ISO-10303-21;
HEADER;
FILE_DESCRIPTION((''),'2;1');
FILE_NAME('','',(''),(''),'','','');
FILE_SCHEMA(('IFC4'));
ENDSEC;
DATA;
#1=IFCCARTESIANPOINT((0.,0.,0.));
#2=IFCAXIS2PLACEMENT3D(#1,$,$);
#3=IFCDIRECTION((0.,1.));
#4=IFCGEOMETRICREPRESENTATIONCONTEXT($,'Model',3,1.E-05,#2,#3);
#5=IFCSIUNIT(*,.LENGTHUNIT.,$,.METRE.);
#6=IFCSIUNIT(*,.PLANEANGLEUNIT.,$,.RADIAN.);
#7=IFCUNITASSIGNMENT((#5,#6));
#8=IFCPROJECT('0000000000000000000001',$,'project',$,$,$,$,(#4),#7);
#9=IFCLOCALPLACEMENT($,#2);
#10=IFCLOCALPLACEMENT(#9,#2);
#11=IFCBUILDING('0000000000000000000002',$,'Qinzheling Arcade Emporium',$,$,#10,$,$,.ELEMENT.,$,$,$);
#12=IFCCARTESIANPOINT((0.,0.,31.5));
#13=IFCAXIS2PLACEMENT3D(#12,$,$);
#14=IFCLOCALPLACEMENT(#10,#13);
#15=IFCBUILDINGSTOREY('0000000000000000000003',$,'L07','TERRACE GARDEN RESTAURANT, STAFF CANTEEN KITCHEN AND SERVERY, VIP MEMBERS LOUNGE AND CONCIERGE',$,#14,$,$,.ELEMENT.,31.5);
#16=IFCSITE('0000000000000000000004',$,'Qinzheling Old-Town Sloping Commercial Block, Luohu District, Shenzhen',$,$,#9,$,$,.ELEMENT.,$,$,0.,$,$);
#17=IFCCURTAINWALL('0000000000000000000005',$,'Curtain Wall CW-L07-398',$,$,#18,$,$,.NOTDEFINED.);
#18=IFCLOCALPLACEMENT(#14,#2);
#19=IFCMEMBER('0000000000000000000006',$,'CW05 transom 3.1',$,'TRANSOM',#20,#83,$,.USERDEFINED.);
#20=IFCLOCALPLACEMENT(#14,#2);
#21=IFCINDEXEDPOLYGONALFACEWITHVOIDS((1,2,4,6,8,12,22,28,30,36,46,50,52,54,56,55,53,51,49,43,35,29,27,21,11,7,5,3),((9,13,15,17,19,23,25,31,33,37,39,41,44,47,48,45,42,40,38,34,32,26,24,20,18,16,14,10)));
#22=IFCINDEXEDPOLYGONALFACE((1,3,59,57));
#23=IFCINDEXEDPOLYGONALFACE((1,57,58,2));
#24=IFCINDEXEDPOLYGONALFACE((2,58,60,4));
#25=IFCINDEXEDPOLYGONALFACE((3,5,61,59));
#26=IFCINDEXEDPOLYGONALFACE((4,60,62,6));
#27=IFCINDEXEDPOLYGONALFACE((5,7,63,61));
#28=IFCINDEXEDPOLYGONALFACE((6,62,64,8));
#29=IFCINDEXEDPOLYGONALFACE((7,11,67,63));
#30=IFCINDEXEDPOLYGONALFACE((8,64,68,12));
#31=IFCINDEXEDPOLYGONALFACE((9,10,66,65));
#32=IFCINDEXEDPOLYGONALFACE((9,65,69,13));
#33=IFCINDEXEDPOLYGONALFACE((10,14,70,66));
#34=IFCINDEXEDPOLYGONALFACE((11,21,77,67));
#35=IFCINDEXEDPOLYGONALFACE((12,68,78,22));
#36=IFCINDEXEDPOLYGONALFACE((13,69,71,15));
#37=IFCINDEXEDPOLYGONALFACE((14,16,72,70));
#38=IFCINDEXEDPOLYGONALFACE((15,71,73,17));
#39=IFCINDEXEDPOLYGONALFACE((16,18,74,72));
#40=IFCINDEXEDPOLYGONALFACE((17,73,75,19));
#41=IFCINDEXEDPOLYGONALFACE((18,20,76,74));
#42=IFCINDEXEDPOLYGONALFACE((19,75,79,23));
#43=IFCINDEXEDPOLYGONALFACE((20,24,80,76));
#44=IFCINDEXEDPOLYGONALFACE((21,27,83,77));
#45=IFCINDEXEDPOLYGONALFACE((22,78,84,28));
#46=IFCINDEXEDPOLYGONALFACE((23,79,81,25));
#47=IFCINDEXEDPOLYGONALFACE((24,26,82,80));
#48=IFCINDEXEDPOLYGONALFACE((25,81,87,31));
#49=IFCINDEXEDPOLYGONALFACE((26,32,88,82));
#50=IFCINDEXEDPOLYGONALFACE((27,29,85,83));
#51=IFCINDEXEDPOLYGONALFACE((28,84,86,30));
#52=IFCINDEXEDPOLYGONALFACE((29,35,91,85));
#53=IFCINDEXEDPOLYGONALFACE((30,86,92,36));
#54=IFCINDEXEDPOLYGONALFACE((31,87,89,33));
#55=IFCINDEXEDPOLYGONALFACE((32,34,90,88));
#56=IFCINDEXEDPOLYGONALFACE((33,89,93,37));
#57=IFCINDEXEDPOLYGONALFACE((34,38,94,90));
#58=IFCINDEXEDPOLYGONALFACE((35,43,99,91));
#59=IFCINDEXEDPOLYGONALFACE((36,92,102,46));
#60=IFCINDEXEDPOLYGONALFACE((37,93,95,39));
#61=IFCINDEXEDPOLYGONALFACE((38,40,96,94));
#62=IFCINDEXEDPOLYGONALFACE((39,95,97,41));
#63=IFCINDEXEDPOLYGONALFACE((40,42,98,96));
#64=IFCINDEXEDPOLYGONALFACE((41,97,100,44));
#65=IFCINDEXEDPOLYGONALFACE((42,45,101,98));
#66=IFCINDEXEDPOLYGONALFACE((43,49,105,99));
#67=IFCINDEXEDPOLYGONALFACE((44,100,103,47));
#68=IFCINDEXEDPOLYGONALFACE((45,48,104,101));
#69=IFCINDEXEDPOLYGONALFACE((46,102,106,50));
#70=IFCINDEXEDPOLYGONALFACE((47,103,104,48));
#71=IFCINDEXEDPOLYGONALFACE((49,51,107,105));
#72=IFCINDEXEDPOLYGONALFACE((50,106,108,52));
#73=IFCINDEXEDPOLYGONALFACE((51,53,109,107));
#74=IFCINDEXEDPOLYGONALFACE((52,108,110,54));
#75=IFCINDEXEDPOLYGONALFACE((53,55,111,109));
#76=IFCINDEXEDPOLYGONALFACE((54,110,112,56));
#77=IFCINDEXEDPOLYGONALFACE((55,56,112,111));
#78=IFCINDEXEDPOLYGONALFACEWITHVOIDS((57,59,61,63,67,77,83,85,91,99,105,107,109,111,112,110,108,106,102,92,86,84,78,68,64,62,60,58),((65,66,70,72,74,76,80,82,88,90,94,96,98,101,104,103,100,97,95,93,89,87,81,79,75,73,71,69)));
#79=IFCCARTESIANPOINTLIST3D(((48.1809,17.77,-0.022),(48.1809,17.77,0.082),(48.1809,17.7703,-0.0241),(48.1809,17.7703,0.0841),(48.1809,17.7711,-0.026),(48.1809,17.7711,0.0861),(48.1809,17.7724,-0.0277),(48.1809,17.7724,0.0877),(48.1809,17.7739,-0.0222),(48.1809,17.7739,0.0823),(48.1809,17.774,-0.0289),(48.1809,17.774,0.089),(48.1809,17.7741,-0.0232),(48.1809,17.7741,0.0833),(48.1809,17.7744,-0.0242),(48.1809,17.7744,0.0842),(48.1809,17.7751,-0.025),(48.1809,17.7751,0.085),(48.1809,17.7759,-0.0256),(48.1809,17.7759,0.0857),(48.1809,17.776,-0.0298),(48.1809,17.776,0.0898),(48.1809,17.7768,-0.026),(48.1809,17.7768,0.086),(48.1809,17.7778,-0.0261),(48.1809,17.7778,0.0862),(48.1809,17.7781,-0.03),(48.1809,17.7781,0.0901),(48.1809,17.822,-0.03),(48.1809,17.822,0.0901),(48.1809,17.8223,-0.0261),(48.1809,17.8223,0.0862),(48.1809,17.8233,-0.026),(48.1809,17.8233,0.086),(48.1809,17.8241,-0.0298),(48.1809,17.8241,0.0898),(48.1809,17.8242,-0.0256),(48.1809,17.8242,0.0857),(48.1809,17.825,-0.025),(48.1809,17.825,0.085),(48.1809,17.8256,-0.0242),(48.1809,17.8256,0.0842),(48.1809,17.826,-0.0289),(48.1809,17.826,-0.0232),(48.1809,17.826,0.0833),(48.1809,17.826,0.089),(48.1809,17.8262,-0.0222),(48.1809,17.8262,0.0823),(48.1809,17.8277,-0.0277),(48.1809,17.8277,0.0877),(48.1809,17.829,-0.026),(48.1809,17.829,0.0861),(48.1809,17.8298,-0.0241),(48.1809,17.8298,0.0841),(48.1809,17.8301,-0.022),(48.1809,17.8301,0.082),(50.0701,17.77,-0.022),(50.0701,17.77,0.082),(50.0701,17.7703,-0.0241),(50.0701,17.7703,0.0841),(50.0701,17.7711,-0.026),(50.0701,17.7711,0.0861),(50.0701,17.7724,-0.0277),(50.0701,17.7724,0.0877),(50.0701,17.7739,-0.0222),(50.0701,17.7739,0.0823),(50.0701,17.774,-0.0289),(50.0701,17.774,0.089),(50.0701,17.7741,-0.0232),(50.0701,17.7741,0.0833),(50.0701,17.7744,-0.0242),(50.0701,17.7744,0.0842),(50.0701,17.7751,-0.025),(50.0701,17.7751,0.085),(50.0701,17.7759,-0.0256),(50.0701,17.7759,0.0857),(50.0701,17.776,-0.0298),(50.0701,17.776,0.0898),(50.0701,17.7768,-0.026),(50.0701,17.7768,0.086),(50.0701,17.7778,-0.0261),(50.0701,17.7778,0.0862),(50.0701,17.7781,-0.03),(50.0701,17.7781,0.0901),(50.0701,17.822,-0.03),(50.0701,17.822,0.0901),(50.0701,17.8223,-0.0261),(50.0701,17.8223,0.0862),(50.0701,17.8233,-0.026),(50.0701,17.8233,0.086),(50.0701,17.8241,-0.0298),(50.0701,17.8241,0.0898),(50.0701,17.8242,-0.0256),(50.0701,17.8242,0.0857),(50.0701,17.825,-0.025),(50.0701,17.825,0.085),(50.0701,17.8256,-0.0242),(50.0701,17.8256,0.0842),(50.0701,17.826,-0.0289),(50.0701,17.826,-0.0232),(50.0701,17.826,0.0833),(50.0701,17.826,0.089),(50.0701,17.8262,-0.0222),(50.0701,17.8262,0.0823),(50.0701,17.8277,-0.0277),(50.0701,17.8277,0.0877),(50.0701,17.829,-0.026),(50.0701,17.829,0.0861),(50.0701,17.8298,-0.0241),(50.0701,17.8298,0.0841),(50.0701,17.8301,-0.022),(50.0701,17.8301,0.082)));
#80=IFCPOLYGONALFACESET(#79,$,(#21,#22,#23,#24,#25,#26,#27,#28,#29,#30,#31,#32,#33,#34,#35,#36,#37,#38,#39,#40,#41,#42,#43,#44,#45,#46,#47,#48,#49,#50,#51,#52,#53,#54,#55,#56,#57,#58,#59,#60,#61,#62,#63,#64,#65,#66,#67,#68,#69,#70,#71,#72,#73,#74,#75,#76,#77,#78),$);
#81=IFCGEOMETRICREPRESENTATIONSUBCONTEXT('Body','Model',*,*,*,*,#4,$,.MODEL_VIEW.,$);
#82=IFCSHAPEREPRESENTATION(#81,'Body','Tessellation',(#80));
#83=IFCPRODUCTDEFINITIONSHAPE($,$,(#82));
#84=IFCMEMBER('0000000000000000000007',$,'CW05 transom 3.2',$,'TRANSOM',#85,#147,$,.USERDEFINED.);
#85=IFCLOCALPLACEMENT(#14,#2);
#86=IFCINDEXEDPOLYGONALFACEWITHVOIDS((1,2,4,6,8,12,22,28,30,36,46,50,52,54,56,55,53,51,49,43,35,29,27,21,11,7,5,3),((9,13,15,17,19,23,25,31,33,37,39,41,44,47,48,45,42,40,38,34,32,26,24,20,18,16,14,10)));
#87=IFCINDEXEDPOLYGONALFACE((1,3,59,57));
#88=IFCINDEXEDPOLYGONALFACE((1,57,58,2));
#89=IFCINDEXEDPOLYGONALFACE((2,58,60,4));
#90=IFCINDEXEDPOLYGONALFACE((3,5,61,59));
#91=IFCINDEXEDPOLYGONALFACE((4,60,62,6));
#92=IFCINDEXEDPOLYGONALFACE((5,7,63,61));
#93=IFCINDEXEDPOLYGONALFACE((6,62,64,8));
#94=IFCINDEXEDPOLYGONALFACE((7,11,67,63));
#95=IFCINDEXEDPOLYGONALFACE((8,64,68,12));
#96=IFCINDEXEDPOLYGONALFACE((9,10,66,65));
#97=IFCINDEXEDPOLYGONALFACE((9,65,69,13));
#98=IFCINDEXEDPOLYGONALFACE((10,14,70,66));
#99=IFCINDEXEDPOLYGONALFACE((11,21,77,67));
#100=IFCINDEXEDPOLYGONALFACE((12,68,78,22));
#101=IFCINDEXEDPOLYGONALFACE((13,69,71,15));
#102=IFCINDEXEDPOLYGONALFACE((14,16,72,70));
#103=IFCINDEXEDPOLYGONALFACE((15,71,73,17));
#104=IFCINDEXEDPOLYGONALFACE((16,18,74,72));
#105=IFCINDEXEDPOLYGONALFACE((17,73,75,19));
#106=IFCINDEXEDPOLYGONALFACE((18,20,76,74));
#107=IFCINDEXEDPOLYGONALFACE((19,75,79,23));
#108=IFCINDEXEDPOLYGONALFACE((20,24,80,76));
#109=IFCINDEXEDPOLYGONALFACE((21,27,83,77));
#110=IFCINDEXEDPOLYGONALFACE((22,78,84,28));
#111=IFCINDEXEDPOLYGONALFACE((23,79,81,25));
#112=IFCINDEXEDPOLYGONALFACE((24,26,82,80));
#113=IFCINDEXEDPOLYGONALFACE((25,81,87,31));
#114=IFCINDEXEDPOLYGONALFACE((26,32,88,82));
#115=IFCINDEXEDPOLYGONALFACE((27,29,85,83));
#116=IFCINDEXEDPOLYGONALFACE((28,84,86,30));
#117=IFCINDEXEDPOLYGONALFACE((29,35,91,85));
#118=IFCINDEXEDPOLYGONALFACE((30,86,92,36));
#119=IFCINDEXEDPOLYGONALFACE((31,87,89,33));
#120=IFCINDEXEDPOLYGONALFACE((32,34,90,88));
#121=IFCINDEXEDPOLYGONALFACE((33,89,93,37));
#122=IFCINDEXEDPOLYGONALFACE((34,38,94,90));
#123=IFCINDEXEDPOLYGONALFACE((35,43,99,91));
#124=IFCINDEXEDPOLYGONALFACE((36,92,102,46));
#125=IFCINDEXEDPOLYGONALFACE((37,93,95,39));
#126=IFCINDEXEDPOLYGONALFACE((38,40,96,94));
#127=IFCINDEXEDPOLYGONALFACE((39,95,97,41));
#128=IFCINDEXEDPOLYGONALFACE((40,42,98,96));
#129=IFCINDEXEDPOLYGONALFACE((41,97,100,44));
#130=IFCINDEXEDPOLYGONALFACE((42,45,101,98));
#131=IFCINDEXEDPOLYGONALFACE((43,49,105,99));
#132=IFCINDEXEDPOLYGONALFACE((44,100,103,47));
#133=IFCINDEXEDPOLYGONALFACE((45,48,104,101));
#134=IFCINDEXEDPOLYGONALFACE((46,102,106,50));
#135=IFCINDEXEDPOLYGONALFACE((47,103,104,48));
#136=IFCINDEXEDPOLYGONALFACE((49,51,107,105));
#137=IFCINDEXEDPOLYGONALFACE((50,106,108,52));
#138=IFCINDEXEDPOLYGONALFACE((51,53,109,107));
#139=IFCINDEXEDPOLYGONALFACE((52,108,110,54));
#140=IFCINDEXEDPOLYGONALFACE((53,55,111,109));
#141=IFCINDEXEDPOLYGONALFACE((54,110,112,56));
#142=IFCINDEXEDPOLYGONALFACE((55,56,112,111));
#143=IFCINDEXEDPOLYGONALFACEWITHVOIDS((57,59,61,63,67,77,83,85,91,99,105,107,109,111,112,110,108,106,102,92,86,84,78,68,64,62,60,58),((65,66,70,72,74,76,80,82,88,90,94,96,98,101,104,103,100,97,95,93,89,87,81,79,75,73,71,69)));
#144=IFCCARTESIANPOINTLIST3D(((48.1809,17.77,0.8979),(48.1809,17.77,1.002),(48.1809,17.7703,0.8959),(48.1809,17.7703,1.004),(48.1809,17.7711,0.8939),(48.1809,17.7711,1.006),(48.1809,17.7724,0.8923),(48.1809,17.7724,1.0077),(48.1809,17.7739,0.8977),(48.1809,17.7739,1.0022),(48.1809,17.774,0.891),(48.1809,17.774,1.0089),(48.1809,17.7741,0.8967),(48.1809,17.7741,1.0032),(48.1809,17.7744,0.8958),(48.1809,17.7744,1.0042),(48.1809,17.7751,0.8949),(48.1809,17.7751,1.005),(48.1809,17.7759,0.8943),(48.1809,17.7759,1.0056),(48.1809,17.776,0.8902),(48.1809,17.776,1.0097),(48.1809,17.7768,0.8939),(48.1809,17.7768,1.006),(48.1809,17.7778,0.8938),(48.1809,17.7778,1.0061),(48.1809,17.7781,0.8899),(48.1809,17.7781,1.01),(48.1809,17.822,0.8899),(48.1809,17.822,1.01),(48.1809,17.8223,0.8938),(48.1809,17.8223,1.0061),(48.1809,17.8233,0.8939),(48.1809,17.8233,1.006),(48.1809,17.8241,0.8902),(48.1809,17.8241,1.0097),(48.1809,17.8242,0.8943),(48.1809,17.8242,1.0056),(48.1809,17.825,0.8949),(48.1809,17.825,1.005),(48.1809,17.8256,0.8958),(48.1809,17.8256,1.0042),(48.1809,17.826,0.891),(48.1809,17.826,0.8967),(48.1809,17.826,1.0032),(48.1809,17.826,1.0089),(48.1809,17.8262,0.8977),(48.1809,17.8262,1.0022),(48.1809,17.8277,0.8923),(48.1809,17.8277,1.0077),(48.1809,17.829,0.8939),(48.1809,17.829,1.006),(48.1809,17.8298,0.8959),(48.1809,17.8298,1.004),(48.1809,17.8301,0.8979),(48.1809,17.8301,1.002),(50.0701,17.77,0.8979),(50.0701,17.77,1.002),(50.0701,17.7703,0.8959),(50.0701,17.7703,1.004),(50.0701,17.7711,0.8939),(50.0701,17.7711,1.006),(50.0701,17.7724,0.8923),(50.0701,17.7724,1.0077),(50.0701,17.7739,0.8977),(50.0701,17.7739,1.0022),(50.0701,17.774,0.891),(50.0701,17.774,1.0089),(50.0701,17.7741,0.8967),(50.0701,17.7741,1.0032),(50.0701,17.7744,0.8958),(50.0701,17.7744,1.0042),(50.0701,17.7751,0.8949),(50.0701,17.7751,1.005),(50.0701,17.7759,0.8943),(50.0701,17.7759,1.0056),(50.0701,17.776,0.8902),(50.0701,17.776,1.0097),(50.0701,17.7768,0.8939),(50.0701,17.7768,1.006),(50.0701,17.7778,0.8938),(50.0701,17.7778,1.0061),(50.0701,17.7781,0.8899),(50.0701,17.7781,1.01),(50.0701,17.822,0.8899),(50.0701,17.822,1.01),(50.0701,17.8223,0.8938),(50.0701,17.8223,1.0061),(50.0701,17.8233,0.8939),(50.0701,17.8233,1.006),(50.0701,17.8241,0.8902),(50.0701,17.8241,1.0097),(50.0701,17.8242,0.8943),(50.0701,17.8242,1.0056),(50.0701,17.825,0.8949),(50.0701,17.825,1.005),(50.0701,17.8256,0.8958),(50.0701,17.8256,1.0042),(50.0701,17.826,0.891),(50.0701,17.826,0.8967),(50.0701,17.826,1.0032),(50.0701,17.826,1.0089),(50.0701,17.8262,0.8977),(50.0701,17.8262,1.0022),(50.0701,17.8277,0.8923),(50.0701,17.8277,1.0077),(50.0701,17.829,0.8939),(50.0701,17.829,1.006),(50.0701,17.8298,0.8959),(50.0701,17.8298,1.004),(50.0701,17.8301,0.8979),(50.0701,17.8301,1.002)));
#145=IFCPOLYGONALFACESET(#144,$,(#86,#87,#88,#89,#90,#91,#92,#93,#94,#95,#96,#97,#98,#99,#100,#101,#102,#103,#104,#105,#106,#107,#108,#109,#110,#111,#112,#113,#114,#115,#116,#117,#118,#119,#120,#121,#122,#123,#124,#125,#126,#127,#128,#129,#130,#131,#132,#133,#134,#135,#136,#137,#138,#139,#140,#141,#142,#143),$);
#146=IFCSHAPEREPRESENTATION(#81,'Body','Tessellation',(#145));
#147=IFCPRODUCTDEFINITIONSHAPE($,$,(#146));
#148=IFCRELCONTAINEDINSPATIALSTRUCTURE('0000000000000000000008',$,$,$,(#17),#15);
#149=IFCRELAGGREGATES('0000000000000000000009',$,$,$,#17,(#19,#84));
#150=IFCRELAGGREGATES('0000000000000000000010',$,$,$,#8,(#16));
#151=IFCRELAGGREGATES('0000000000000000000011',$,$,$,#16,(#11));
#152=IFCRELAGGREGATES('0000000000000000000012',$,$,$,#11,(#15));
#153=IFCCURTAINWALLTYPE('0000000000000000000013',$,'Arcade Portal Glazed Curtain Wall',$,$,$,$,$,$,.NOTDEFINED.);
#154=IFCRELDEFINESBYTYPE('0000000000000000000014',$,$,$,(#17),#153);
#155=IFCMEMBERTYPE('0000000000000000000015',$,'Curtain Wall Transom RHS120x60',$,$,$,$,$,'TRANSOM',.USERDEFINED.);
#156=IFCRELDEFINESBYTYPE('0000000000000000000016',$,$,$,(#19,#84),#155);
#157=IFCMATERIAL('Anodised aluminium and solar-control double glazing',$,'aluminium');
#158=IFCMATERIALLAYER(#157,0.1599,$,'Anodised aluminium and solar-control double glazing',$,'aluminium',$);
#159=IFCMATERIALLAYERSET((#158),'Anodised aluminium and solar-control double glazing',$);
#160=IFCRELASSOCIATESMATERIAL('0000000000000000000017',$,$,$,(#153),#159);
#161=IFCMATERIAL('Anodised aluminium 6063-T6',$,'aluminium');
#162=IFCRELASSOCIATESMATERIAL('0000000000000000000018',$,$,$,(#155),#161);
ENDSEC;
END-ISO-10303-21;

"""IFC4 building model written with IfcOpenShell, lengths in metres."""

from ifc_helpers import new_model, si_unit, direction, frame, origin, origin_2d, place, context, subcontext, project, spatial, hollow_rectangle, extrude, material, layer, layer_set, material_profile, profile_set, type_object, element, aggregate, save


model = new_model("IFC4")

# Units and contexts
model_context = context("Model", 3, precision=1e-05, world=origin(), true_north=direction((0.0, 1.0)))
body_context = subcontext(model_context, "Body", "Model", "MODEL_VIEW")
ifc_project = project(units=[si_unit("LENGTHUNIT", "METRE"), si_unit("PLANEANGLEUNIT", "RADIAN")], contexts=[model_context])

# Site, building, storey
site_placement = place(None, origin())
site = spatial("IfcSite", under=ifc_project, at=site_placement, Name="Qinzheling Old-Town Sloping Commercial Block, Luohu District, Shenzhen", CompositionType="ELEMENT", RefElevation=0.0)
building_placement = place(site_placement, origin())
building = spatial("IfcBuilding", under=site, at=building_placement, Name="Qinzheling Arcade Emporium", CompositionType="ELEMENT")
storey_placement = place(building_placement, frame((0.0, 0.0, 31.5)))
storey = spatial("IfcBuildingStorey", under=building, at=storey_placement, Name="L07", Description="TERRACE GARDEN RESTAURANT, STAFF CANTEEN KITCHEN AND SERVERY, VIP MEMBERS LOUNGE AND CONCIERGE", CompositionType="ELEMENT", Elevation=31.5)

# Curtain wall
ifc_material_1 = material(Name="Anodised aluminium and solar-control double glazing", Category="aluminium")
ifc_layer_1 = layer(ifc_material_1, 0.1599, Name="Anodised aluminium and solar-control double glazing", Category="aluminium")
ifc_layer_set_1 = layer_set([ifc_layer_1], Name="Anodised aluminium and solar-control double glazing")
curtain_wall_type = type_object("IfcCurtainWallType", Name="Arcade Portal Glazed Curtain Wall", PredefinedType="NOTDEFINED", material=ifc_layer_set_1)
curtain_wall_1_placement = place(storey_placement, origin())
curtain_wall_1 = element("IfcCurtainWall", 1, at=curtain_wall_1_placement, inside=storey, type_object=curtain_wall_type, Name="Curtain Wall CW-L07-398", PredefinedType="NOTDEFINED")
ifc_material_2 = material(Name="Anodised aluminium 6063-T6", Category="aluminium")

# Members
ifc_material_profile_1 = material_profile(ifc_material_2, hollow_rectangle(XDim=0.0601, YDim=0.1201, WallThickness=0.0039, InnerFilletRadius=0.0039, OuterFilletRadius=0.0081, at=origin_2d()), Name="RHS 120x60x4", Category="aluminium")
ifc_profile_set_1 = profile_set([ifc_material_profile_1], Name="Anodised aluminium 6063-T6")
member_type_1 = type_object("IfcMemberType", Name="Curtain Wall Transom RHS120x60", ElementType="TRANSOM", PredefinedType="USERDEFINED", material=ifc_profile_set_1)
member_1_placement = place(storey_placement, frame((50.0701, 17.8, 0.03), z_axis=(-1.0, 0.0, 0.0), x_axis=(0.0, -1.0, 0.0)))
member_1 = element("IfcMember", 2, at=member_1_placement, type_object=member_type_1, Name="CW05 transom 3.1", ObjectType="TRANSOM", PredefinedType="USERDEFINED", context=body_context, shape_type="SweptSolid", body=[
    extrude(hollow_rectangle(XDim=0.0601, YDim=0.1201, WallThickness=0.0039, InnerFilletRadius=0.0039, OuterFilletRadius=0.0081, at=origin_2d()), origin(), (0.0, 0.0, 1.0), 1.8892),
])
member_2_placement = place(storey_placement, frame((50.0701, 17.8, 0.95), z_axis=(-1.0, 0.0, 0.0), x_axis=(0.0, -1.0, 0.0)))
member_2 = element("IfcMember", 3, at=member_2_placement, type_object=member_type_1, Name="CW05 transom 3.2", ObjectType="TRANSOM", PredefinedType="USERDEFINED", context=body_context, shape_type="SweptSolid", body=[
    extrude(hollow_rectangle(XDim=0.0601, YDim=0.1201, WallThickness=0.0039, InnerFilletRadius=0.0039, OuterFilletRadius=0.0081, at=origin_2d()), origin(), (0.0, 0.0, 1.0), 1.8892),
])

aggregate(curtain_wall_1, [member_1, member_2])

save(model, "model.ifc")
